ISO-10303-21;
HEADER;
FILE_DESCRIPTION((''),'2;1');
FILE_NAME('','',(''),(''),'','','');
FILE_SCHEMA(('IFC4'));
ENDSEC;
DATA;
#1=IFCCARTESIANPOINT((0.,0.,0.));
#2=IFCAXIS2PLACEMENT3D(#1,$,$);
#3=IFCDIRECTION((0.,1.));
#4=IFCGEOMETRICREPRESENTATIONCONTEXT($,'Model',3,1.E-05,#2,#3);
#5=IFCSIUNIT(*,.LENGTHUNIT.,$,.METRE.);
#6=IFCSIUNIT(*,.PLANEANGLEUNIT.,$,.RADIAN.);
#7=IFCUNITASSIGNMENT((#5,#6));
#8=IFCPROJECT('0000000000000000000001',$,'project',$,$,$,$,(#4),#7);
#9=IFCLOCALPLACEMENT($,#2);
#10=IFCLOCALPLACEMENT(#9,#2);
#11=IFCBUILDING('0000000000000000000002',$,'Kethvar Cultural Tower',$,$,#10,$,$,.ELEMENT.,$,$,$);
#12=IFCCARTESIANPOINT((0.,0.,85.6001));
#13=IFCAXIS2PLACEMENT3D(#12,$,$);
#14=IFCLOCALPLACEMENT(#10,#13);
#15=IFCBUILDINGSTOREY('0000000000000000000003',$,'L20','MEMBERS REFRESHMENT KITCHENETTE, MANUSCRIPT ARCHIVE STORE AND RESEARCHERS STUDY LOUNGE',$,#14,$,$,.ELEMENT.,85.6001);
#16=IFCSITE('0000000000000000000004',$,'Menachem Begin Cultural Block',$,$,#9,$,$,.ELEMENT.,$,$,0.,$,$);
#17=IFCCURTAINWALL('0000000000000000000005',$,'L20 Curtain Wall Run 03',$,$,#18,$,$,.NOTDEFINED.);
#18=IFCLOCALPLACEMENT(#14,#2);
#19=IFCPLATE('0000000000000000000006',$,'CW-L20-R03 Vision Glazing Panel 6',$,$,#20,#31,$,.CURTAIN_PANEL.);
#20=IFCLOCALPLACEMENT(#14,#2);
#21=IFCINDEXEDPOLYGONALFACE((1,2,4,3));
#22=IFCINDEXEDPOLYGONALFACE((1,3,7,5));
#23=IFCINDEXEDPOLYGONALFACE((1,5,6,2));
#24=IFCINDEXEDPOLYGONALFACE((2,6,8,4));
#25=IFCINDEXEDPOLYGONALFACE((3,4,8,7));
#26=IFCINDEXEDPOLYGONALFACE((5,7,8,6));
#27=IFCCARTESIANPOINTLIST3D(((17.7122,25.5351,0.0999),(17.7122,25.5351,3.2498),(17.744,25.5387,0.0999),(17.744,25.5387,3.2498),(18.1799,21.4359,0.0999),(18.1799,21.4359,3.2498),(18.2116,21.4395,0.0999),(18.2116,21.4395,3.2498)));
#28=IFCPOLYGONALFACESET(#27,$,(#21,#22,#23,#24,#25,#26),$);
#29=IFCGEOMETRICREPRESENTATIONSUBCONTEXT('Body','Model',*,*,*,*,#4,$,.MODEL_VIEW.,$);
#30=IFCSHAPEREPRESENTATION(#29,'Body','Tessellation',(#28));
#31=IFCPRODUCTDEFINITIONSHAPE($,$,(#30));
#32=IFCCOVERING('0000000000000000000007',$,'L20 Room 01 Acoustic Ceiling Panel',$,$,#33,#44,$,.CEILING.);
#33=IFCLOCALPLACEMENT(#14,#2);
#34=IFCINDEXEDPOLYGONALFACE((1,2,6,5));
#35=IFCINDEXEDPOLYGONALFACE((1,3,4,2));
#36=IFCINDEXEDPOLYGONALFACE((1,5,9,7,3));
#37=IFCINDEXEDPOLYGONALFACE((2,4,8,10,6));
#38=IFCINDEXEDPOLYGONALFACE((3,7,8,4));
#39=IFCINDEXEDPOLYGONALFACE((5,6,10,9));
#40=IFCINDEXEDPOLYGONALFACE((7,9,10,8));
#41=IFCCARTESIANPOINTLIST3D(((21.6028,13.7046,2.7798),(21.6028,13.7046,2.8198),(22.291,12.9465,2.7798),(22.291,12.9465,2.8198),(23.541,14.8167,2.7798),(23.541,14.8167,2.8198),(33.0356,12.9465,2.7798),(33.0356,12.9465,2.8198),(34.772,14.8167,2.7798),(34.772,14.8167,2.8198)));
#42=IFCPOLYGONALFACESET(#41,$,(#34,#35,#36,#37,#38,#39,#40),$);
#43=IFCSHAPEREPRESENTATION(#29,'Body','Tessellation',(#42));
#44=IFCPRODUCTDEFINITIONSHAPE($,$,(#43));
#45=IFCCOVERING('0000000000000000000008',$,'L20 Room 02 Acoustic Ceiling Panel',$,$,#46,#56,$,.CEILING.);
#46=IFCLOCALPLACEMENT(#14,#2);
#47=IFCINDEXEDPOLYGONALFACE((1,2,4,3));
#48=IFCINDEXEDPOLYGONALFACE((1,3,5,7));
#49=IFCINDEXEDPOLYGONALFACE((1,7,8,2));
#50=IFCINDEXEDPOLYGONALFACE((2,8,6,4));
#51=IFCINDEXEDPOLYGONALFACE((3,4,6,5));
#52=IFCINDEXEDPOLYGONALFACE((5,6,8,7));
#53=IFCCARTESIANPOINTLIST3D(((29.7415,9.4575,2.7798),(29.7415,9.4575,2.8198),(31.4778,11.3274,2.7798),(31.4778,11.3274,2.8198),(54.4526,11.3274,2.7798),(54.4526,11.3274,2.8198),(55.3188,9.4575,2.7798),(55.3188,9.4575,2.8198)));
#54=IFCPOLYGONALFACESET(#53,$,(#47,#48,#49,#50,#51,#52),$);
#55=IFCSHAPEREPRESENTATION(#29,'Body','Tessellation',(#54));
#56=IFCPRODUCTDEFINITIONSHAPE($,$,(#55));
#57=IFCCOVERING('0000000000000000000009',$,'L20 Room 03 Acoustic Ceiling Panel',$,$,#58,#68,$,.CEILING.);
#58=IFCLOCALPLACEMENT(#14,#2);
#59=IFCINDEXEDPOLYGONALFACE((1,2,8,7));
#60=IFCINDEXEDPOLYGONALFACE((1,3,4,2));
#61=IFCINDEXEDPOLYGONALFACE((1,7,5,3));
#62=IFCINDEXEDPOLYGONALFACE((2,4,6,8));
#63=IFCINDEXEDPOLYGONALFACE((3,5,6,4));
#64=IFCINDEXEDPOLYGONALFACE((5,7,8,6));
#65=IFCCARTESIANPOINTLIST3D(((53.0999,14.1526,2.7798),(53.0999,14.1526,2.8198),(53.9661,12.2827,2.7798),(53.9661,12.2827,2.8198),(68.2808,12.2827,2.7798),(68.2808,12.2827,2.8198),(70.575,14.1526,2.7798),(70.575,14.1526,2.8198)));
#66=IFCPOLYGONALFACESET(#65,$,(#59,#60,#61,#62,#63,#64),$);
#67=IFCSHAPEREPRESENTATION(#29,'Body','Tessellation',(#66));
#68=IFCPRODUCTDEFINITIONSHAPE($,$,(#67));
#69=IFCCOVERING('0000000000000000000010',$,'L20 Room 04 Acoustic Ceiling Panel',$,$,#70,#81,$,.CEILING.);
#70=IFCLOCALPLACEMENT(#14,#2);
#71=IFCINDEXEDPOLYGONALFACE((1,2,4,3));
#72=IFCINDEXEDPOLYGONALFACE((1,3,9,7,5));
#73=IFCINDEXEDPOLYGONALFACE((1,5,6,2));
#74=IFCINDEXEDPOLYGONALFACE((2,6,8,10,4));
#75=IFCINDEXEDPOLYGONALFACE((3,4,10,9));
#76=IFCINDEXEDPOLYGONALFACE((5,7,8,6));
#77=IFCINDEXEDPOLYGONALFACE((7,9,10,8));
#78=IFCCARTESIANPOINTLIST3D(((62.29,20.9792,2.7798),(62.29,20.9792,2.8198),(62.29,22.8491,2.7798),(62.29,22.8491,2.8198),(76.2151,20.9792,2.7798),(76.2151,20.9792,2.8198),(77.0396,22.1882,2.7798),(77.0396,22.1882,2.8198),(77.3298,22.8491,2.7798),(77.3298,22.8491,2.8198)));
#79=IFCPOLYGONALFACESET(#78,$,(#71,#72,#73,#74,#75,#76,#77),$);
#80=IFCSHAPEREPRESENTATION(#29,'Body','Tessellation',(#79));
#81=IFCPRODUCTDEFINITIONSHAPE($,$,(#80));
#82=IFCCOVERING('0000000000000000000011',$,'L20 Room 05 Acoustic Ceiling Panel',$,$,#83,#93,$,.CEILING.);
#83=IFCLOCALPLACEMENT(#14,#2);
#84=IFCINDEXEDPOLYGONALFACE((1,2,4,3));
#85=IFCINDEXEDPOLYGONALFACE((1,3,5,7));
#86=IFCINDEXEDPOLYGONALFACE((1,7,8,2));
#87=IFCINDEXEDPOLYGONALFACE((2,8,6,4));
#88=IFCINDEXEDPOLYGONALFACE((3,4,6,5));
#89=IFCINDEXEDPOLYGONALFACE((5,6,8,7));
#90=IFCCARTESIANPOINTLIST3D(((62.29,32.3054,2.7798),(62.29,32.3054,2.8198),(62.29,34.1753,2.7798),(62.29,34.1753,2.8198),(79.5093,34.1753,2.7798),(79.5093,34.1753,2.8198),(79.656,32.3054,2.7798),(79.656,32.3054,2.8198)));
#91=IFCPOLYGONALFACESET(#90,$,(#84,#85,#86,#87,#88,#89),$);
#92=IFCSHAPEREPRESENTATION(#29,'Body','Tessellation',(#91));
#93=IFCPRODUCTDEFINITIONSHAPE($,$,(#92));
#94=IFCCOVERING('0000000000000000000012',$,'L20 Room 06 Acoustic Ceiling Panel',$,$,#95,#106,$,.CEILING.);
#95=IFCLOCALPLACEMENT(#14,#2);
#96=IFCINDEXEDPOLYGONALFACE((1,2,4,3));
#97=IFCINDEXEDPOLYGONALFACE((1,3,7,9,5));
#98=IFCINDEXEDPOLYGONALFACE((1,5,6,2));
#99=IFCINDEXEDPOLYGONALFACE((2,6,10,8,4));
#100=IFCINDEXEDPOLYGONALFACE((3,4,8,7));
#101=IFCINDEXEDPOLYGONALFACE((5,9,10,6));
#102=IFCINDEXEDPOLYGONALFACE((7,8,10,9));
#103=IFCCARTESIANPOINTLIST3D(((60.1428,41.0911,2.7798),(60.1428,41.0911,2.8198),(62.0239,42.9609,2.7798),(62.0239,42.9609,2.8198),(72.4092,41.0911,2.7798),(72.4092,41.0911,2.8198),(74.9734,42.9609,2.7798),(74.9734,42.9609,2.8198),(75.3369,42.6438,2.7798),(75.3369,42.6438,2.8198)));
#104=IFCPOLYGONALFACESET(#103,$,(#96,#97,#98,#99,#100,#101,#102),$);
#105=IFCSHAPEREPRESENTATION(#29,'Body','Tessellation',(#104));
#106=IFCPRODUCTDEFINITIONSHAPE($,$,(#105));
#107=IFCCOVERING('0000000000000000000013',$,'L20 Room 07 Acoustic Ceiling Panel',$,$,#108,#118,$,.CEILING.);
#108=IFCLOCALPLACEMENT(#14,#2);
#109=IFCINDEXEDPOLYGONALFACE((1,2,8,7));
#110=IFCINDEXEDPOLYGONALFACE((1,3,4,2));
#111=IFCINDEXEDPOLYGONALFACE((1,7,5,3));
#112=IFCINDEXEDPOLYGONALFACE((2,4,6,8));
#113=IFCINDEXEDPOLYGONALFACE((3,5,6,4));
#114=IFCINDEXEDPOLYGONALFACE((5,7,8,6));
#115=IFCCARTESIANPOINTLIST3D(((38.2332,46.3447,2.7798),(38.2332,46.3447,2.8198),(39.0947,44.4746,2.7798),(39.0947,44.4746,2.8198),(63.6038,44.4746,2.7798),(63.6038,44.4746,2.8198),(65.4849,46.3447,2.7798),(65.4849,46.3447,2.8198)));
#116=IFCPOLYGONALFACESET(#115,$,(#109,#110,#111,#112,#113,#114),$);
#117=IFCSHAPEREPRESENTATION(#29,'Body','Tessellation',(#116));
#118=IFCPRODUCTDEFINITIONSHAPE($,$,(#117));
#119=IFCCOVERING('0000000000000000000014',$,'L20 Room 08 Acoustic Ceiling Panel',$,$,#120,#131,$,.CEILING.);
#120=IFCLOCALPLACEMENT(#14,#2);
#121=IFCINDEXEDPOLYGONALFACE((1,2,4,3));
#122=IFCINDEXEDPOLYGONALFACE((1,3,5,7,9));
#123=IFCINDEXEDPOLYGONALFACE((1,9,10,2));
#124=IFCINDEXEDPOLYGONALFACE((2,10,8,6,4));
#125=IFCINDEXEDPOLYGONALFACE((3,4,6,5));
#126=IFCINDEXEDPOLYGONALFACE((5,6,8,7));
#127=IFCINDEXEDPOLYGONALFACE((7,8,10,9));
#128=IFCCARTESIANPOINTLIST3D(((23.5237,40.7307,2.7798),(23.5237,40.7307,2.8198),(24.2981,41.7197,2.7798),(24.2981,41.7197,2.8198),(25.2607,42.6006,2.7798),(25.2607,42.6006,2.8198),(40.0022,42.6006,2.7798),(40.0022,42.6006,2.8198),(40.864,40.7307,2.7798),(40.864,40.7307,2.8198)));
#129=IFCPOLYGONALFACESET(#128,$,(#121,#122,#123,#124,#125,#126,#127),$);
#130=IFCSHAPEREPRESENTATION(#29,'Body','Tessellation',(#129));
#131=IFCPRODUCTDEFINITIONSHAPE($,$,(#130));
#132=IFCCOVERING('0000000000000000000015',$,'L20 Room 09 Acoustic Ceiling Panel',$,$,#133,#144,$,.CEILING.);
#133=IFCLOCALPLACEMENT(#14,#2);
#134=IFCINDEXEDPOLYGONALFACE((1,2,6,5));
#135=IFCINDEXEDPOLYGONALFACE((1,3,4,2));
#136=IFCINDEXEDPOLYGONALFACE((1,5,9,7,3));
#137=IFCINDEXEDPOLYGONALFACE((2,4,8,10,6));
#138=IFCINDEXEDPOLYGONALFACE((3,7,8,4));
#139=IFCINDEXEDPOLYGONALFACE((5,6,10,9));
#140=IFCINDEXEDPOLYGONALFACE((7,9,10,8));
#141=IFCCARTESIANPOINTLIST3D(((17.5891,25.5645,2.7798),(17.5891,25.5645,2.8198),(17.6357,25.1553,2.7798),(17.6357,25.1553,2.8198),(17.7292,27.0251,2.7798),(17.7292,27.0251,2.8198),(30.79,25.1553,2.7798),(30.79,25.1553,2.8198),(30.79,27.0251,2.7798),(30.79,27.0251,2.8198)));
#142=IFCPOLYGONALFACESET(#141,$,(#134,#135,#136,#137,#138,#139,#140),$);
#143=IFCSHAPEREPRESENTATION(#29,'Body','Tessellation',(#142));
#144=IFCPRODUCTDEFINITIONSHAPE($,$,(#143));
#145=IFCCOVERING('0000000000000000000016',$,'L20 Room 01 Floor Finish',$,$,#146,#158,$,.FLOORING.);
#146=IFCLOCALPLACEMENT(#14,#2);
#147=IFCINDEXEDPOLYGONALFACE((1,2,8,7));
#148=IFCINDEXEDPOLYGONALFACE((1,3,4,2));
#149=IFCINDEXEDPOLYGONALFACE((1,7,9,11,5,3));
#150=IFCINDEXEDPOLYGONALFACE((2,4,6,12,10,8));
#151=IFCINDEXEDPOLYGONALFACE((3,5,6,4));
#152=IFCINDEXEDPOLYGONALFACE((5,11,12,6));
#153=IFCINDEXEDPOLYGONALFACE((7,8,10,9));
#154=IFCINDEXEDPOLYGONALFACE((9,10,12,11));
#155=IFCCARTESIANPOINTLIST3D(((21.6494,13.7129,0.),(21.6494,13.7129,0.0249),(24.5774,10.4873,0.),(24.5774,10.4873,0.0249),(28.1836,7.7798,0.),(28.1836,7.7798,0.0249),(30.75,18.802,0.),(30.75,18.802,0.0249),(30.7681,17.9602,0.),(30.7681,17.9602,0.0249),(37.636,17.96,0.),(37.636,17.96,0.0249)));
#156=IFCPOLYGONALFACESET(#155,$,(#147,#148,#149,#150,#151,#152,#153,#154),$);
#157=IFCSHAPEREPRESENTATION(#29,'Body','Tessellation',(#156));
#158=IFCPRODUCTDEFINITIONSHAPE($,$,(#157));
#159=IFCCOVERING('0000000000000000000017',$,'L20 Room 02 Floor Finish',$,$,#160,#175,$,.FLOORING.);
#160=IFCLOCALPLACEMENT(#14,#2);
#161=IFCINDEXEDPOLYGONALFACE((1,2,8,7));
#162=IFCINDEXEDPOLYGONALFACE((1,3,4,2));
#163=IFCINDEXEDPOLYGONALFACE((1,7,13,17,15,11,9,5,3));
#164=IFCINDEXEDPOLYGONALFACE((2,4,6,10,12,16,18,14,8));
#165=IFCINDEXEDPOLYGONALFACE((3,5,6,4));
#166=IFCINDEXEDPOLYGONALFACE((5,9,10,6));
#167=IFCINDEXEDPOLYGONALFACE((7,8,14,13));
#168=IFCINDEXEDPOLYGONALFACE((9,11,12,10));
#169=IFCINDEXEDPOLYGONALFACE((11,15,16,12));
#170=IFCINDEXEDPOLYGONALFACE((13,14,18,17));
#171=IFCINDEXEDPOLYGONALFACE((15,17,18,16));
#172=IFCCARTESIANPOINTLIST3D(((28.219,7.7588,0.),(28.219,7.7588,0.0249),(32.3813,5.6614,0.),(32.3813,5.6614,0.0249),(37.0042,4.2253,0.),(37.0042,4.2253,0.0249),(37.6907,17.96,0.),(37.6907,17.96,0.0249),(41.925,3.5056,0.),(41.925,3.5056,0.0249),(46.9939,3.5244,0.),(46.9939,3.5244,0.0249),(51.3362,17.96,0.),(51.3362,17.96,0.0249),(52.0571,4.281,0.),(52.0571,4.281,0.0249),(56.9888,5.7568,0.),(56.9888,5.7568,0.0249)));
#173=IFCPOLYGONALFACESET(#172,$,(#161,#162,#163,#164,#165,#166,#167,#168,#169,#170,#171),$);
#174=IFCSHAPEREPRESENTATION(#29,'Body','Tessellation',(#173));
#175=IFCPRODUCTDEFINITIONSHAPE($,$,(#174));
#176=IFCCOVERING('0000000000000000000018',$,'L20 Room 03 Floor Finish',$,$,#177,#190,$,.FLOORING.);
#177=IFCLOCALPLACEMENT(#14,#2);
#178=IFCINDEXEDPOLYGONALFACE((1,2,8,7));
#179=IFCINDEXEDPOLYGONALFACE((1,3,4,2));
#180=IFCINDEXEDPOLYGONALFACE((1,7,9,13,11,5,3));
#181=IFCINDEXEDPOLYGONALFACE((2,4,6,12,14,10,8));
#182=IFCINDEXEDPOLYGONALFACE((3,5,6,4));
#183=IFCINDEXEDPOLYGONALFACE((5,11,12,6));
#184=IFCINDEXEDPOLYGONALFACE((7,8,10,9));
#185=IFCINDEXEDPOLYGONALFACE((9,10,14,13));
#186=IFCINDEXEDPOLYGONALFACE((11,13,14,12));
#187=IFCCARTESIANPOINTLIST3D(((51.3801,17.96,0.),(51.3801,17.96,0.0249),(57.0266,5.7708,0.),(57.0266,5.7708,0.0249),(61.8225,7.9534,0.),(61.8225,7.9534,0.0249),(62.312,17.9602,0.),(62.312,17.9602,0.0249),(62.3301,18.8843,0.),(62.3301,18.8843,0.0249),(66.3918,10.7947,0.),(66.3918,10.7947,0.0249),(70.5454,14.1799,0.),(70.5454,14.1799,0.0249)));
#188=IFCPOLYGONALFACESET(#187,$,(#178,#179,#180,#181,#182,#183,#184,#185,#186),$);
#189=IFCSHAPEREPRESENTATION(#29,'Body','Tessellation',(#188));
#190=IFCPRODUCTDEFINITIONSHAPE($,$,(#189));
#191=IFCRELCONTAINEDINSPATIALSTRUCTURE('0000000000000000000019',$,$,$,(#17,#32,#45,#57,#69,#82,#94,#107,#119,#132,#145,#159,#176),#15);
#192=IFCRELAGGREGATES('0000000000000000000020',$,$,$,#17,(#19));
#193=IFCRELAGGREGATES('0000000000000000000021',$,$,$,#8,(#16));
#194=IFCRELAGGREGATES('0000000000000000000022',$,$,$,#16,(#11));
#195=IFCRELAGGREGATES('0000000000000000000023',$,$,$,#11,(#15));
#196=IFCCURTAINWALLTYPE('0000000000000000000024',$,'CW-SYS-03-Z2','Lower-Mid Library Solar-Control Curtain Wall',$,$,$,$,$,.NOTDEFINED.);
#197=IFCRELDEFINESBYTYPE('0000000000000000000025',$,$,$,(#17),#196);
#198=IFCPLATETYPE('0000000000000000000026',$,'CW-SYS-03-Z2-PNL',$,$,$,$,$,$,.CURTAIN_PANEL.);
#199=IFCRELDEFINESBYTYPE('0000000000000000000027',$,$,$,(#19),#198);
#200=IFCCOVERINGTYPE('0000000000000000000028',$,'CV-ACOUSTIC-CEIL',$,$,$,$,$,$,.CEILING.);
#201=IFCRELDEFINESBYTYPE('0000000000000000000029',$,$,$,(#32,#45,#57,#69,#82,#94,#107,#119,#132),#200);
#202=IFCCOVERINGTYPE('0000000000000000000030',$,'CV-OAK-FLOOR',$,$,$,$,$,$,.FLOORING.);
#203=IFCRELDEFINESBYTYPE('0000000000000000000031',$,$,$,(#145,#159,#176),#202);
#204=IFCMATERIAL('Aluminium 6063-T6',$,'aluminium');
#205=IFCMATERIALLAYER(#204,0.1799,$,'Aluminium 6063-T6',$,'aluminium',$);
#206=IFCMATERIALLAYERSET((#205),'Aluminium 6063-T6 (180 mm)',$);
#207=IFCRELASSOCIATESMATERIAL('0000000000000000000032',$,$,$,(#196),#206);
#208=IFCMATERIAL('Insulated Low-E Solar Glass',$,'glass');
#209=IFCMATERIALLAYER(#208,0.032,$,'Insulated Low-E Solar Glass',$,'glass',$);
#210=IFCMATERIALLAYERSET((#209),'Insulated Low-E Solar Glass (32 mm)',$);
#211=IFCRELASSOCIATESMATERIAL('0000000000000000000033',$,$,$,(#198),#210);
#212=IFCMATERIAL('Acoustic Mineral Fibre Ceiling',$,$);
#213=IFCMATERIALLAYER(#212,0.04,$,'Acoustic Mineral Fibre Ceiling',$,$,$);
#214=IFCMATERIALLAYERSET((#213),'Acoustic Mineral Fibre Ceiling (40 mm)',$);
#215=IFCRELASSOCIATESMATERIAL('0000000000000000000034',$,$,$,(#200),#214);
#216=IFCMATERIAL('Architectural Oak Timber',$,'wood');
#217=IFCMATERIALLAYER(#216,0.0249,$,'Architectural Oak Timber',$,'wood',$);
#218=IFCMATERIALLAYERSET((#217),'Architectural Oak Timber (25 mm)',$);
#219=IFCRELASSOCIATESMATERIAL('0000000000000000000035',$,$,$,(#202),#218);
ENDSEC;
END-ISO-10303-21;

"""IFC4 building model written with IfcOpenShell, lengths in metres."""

from ifc_helpers import new_model, si_unit, direction, frame, origin, origin_2d, place, context, subcontext, project, spatial, polyline, rectangle, outline, extrude, source, transform, mapped, material, layer, layer_set, type_object, element, aggregate, save


model = new_model("IFC4")

# Units and contexts
model_context = context("Model", 3, precision=1e-05, world=origin(), true_north=direction((0.0, 1.0)))
body_context = subcontext(model_context, "Body", "Model", "MODEL_VIEW")
ifc_project = project(units=[si_unit("LENGTHUNIT", "METRE"), si_unit("PLANEANGLEUNIT", "RADIAN")], contexts=[model_context])

# Site, building, storey
site_placement = place(None, origin())
site = spatial("IfcSite", under=ifc_project, at=site_placement, Name="Menachem Begin Cultural Block", CompositionType="ELEMENT", RefElevation=0.0)
building_placement = place(site_placement, origin())
building = spatial("IfcBuilding", under=site, at=building_placement, Name="Kethvar Cultural Tower", CompositionType="ELEMENT")
storey_placement = place(building_placement, frame((0.0, 0.0, 85.6001)))
storey = spatial("IfcBuildingStorey", under=building, at=storey_placement, Name="L20", Description="MEMBERS REFRESHMENT KITCHENETTE, MANUSCRIPT ARCHIVE STORE AND RESEARCHERS STUDY LOUNGE", CompositionType="ELEMENT", Elevation=85.6001)

# Curtain wall, plate
ifc_material_1 = material(Name="Aluminium 6063-T6", Category="aluminium")
ifc_layer_1 = layer(ifc_material_1, 0.1799, Name="Aluminium 6063-T6", Category="aluminium")
ifc_layer_set_1 = layer_set([ifc_layer_1], Name="Aluminium 6063-T6 (180 mm)")
curtain_wall_type = type_object("IfcCurtainWallType", Name="CW-SYS-03-Z2", Description="Lower-Mid Library Solar-Control Curtain Wall", PredefinedType="NOTDEFINED", material=ifc_layer_set_1)
curtain_wall_placement = place(storey_placement, origin())
curtain_wall = element("IfcCurtainWall", 1, at=curtain_wall_placement, inside=storey, type_object=curtain_wall_type, Name="L20 Curtain Wall Run 03", PredefinedType="NOTDEFINED")
ifc_material_2 = material(Name="Insulated Low-E Solar Glass", Category="glass")
ifc_layer_2 = layer(ifc_material_2, 0.032, Name="Insulated Low-E Solar Glass", Category="glass")
ifc_layer_set_2 = layer_set([ifc_layer_2], Name="Insulated Low-E Solar Glass (32 mm)")
plate_type = type_object("IfcPlateType", Name="CW-SYS-03-Z2-PNL", PredefinedType="CURTAIN_PANEL", material=ifc_layer_set_2)
shared_shape_1 = source(origin(), body_context, "Body", "SweptSolid", [
    extrude(rectangle(XDim=4.1257, YDim=0.032, at=origin_2d()), origin(), (0.0, 0.0, 1.0), 3.1499),
])
plate_placement = place(storey_placement, frame((17.9619, 23.4873, 0.0999), z_axis=(0.0, 0.0, 1.0), x_axis=(0.113359, -0.993554, 0.0)))
plate = element("IfcPlate", 2, at=plate_placement, type_object=plate_type, Name="CW-L20-R03 Vision Glazing Panel 6", PredefinedType="CURTAIN_PANEL", context=body_context, shape_type="MappedRepresentation", body=[
    mapped(shared_shape_1, transform((0.0, 0.0, 0.0), scale=1.0)),
])
aggregate(curtain_wall, [plate])

# Coverings
ifc_material_3 = material(Name="Acoustic Mineral Fibre Ceiling")
ifc_layer_3 = layer(ifc_material_3, 0.04, Name="Acoustic Mineral Fibre Ceiling")
ifc_layer_set_3 = layer_set([ifc_layer_3], Name="Acoustic Mineral Fibre Ceiling (40 mm)")
covering_type_1 = type_object("IfcCoveringType", Name="CV-ACOUSTIC-CEIL", PredefinedType="CEILING", material=ifc_layer_set_3)
covering_1_placement = place(storey_placement, frame((0.0, 0.0, 2.7798)))
element("IfcCovering", 3, at=covering_1_placement, inside=storey, type_object=covering_type_1, Name="L20 Room 01 Acoustic Ceiling Panel", PredefinedType="CEILING", context=body_context, shape_type="SweptSolid", body=[
    extrude(outline(polyline([(21.6028, 13.7046), (23.541, 14.8167), (34.772, 14.8167), (33.0356, 12.9465), (22.291, 12.9465), (21.6028, 13.7046)])), origin(), (0.0, 0.0, 1.0), 0.04),
])
covering_2_placement = place(storey_placement, frame((0.0, 0.0, 2.7798)))
element("IfcCovering", 4, at=covering_2_placement, inside=storey, type_object=covering_type_1, Name="L20 Room 02 Acoustic Ceiling Panel", PredefinedType="CEILING", context=body_context, shape_type="SweptSolid", body=[
    extrude(outline(polyline([(31.4778, 11.3274), (54.4526, 11.3274), (55.3188, 9.4575), (29.7415, 9.4575), (31.4778, 11.3274)])), origin(), (0.0, 0.0, 1.0), 0.04),
])
covering_3_placement = place(storey_placement, frame((0.0, 0.0, 2.7798)))
element("IfcCovering", 5, at=covering_3_placement, inside=storey, type_object=covering_type_1, Name="L20 Room 03 Acoustic Ceiling Panel", PredefinedType="CEILING", context=body_context, shape_type="SweptSolid", body=[
    extrude(outline(polyline([(53.0999, 14.1526), (70.575, 14.1526), (68.2808, 12.2827), (53.9661, 12.2827), (53.0999, 14.1526)])), origin(), (0.0, 0.0, 1.0), 0.04),
])
covering_4_placement = place(storey_placement, frame((0.0, 0.0, 2.7798)))
element("IfcCovering", 6, at=covering_4_placement, inside=storey, type_object=covering_type_1, Name="L20 Room 04 Acoustic Ceiling Panel", PredefinedType="CEILING", context=body_context, shape_type="SweptSolid", body=[
    extrude(outline(polyline([(77.0396, 22.1882), (76.2151, 20.9792), (62.29, 20.9792), (62.29, 22.8491), (77.3298, 22.8491), (77.0396, 22.1882)])), origin(), (0.0, 0.0, 1.0), 0.04),
])
covering_5_placement = place(storey_placement, frame((0.0, 0.0, 2.7798)))
element("IfcCovering", 7, at=covering_5_placement, inside=storey, type_object=covering_type_1, Name="L20 Room 05 Acoustic Ceiling Panel", PredefinedType="CEILING", context=body_context, shape_type="SweptSolid", body=[
    extrude(outline(polyline([(62.29, 34.1753), (79.5093, 34.1753), (79.656, 32.3054), (62.29, 32.3054), (62.29, 34.1753)])), origin(), (0.0, 0.0, 1.0), 0.04),
])
covering_6_placement = place(storey_placement, frame((0.0, 0.0, 2.7798)))
element("IfcCovering", 8, at=covering_6_placement, inside=storey, type_object=covering_type_1, Name="L20 Room 06 Acoustic Ceiling Panel", PredefinedType="CEILING", context=body_context, shape_type="SweptSolid", body=[
    extrude(outline(polyline([(75.3369, 42.6438), (72.4092, 41.0911), (60.1428, 41.0911), (62.0239, 42.9609), (74.9734, 42.9609), (75.3369, 42.6438)])), origin(), (0.0, 0.0, 1.0), 0.04),
])
covering_7_placement = place(storey_placement, frame((0.0, 0.0, 2.7798)))
element("IfcCovering", 9, at=covering_7_placement, inside=storey, type_object=covering_type_1, Name="L20 Room 07 Acoustic Ceiling Panel", PredefinedType="CEILING", context=body_context, shape_type="SweptSolid", body=[
    extrude(outline(polyline([(63.6038, 44.4746), (39.0947, 44.4746), (38.2332, 46.3447), (65.4849, 46.3447), (63.6038, 44.4746)])), origin(), (0.0, 0.0, 1.0), 0.04),
])
covering_8_placement = place(storey_placement, frame((0.0, 0.0, 2.7798)))
element("IfcCovering", 10, at=covering_8_placement, inside=storey, type_object=covering_type_1, Name="L20 Room 08 Acoustic Ceiling Panel", PredefinedType="CEILING", context=body_context, shape_type="SweptSolid", body=[
    extrude(outline(polyline([(24.2981, 41.7197), (25.2607, 42.6006), (40.0022, 42.6006), (40.864, 40.7307), (23.5237, 40.7307), (24.2981, 41.7197)])), origin(), (0.0, 0.0, 1.0), 0.04),
])
covering_9_placement = place(storey_placement, frame((0.0, 0.0, 2.7798)))
element("IfcCovering", 11, at=covering_9_placement, inside=storey, type_object=covering_type_1, Name="L20 Room 09 Acoustic Ceiling Panel", PredefinedType="CEILING", context=body_context, shape_type="SweptSolid", body=[
    extrude(outline(polyline([(17.5891, 25.5645), (17.7292, 27.0251), (30.79, 27.0251), (30.79, 25.1553), (17.6357, 25.1553), (17.5891, 25.5645)])), origin(), (0.0, 0.0, 1.0), 0.04),
])
ifc_material_4 = material(Name="Architectural Oak Timber", Category="wood")
ifc_layer_4 = layer(ifc_material_4, 0.0249, Name="Architectural Oak Timber", Category="wood")
ifc_layer_set_4 = layer_set([ifc_layer_4], Name="Architectural Oak Timber (25 mm)")
covering_type_2 = type_object("IfcCoveringType", Name="CV-OAK-FLOOR", PredefinedType="FLOORING", material=ifc_layer_set_4)
covering_10_placement = place(storey_placement, origin())
element("IfcCovering", 12, at=covering_10_placement, inside=storey, type_object=covering_type_2, Name="L20 Room 01 Floor Finish", PredefinedType="FLOORING", context=body_context, shape_type="SweptSolid", body=[
    extrude(outline(polyline([(24.5774, 10.4873), (21.6494, 13.7129), (30.75, 18.802), (30.7681, 17.9602), (37.636, 17.96), (28.1836, 7.7798), (24.5774, 10.4873)])), origin(), (0.0, 0.0, 1.0), 0.0249),
])
covering_11_placement = place(storey_placement, origin())
element("IfcCovering", 13, at=covering_11_placement, inside=storey, type_object=covering_type_2, Name="L20 Room 02 Floor Finish", PredefinedType="FLOORING", context=body_context, shape_type="SweptSolid", body=[
    extrude(outline(polyline([(56.9888, 5.7568), (52.0571, 4.281), (46.9939, 3.5244), (41.925, 3.5056), (37.0042, 4.2253), (32.3813, 5.6614), (28.219, 7.7588), (37.6907, 17.96), (51.3362, 17.96), (56.9888, 5.7568)])), origin(), (0.0, 0.0, 1.0), 0.0249),
])
covering_12_placement = place(storey_placement, origin())
element("IfcCovering", 14, at=covering_12_placement, inside=storey, type_object=covering_type_2, Name="L20 Room 03 Floor Finish", PredefinedType="FLOORING", context=body_context, shape_type="SweptSolid", body=[
    extrude(outline(polyline([(66.3918, 10.7947), (61.8225, 7.9534), (57.0266, 5.7708), (51.3801, 17.96), (62.312, 17.9602), (62.3301, 18.8843), (70.5454, 14.1799), (66.3918, 10.7947)])), origin(), (0.0, 0.0, 1.0), 0.0249),
])

save(model, "model.ifc")
